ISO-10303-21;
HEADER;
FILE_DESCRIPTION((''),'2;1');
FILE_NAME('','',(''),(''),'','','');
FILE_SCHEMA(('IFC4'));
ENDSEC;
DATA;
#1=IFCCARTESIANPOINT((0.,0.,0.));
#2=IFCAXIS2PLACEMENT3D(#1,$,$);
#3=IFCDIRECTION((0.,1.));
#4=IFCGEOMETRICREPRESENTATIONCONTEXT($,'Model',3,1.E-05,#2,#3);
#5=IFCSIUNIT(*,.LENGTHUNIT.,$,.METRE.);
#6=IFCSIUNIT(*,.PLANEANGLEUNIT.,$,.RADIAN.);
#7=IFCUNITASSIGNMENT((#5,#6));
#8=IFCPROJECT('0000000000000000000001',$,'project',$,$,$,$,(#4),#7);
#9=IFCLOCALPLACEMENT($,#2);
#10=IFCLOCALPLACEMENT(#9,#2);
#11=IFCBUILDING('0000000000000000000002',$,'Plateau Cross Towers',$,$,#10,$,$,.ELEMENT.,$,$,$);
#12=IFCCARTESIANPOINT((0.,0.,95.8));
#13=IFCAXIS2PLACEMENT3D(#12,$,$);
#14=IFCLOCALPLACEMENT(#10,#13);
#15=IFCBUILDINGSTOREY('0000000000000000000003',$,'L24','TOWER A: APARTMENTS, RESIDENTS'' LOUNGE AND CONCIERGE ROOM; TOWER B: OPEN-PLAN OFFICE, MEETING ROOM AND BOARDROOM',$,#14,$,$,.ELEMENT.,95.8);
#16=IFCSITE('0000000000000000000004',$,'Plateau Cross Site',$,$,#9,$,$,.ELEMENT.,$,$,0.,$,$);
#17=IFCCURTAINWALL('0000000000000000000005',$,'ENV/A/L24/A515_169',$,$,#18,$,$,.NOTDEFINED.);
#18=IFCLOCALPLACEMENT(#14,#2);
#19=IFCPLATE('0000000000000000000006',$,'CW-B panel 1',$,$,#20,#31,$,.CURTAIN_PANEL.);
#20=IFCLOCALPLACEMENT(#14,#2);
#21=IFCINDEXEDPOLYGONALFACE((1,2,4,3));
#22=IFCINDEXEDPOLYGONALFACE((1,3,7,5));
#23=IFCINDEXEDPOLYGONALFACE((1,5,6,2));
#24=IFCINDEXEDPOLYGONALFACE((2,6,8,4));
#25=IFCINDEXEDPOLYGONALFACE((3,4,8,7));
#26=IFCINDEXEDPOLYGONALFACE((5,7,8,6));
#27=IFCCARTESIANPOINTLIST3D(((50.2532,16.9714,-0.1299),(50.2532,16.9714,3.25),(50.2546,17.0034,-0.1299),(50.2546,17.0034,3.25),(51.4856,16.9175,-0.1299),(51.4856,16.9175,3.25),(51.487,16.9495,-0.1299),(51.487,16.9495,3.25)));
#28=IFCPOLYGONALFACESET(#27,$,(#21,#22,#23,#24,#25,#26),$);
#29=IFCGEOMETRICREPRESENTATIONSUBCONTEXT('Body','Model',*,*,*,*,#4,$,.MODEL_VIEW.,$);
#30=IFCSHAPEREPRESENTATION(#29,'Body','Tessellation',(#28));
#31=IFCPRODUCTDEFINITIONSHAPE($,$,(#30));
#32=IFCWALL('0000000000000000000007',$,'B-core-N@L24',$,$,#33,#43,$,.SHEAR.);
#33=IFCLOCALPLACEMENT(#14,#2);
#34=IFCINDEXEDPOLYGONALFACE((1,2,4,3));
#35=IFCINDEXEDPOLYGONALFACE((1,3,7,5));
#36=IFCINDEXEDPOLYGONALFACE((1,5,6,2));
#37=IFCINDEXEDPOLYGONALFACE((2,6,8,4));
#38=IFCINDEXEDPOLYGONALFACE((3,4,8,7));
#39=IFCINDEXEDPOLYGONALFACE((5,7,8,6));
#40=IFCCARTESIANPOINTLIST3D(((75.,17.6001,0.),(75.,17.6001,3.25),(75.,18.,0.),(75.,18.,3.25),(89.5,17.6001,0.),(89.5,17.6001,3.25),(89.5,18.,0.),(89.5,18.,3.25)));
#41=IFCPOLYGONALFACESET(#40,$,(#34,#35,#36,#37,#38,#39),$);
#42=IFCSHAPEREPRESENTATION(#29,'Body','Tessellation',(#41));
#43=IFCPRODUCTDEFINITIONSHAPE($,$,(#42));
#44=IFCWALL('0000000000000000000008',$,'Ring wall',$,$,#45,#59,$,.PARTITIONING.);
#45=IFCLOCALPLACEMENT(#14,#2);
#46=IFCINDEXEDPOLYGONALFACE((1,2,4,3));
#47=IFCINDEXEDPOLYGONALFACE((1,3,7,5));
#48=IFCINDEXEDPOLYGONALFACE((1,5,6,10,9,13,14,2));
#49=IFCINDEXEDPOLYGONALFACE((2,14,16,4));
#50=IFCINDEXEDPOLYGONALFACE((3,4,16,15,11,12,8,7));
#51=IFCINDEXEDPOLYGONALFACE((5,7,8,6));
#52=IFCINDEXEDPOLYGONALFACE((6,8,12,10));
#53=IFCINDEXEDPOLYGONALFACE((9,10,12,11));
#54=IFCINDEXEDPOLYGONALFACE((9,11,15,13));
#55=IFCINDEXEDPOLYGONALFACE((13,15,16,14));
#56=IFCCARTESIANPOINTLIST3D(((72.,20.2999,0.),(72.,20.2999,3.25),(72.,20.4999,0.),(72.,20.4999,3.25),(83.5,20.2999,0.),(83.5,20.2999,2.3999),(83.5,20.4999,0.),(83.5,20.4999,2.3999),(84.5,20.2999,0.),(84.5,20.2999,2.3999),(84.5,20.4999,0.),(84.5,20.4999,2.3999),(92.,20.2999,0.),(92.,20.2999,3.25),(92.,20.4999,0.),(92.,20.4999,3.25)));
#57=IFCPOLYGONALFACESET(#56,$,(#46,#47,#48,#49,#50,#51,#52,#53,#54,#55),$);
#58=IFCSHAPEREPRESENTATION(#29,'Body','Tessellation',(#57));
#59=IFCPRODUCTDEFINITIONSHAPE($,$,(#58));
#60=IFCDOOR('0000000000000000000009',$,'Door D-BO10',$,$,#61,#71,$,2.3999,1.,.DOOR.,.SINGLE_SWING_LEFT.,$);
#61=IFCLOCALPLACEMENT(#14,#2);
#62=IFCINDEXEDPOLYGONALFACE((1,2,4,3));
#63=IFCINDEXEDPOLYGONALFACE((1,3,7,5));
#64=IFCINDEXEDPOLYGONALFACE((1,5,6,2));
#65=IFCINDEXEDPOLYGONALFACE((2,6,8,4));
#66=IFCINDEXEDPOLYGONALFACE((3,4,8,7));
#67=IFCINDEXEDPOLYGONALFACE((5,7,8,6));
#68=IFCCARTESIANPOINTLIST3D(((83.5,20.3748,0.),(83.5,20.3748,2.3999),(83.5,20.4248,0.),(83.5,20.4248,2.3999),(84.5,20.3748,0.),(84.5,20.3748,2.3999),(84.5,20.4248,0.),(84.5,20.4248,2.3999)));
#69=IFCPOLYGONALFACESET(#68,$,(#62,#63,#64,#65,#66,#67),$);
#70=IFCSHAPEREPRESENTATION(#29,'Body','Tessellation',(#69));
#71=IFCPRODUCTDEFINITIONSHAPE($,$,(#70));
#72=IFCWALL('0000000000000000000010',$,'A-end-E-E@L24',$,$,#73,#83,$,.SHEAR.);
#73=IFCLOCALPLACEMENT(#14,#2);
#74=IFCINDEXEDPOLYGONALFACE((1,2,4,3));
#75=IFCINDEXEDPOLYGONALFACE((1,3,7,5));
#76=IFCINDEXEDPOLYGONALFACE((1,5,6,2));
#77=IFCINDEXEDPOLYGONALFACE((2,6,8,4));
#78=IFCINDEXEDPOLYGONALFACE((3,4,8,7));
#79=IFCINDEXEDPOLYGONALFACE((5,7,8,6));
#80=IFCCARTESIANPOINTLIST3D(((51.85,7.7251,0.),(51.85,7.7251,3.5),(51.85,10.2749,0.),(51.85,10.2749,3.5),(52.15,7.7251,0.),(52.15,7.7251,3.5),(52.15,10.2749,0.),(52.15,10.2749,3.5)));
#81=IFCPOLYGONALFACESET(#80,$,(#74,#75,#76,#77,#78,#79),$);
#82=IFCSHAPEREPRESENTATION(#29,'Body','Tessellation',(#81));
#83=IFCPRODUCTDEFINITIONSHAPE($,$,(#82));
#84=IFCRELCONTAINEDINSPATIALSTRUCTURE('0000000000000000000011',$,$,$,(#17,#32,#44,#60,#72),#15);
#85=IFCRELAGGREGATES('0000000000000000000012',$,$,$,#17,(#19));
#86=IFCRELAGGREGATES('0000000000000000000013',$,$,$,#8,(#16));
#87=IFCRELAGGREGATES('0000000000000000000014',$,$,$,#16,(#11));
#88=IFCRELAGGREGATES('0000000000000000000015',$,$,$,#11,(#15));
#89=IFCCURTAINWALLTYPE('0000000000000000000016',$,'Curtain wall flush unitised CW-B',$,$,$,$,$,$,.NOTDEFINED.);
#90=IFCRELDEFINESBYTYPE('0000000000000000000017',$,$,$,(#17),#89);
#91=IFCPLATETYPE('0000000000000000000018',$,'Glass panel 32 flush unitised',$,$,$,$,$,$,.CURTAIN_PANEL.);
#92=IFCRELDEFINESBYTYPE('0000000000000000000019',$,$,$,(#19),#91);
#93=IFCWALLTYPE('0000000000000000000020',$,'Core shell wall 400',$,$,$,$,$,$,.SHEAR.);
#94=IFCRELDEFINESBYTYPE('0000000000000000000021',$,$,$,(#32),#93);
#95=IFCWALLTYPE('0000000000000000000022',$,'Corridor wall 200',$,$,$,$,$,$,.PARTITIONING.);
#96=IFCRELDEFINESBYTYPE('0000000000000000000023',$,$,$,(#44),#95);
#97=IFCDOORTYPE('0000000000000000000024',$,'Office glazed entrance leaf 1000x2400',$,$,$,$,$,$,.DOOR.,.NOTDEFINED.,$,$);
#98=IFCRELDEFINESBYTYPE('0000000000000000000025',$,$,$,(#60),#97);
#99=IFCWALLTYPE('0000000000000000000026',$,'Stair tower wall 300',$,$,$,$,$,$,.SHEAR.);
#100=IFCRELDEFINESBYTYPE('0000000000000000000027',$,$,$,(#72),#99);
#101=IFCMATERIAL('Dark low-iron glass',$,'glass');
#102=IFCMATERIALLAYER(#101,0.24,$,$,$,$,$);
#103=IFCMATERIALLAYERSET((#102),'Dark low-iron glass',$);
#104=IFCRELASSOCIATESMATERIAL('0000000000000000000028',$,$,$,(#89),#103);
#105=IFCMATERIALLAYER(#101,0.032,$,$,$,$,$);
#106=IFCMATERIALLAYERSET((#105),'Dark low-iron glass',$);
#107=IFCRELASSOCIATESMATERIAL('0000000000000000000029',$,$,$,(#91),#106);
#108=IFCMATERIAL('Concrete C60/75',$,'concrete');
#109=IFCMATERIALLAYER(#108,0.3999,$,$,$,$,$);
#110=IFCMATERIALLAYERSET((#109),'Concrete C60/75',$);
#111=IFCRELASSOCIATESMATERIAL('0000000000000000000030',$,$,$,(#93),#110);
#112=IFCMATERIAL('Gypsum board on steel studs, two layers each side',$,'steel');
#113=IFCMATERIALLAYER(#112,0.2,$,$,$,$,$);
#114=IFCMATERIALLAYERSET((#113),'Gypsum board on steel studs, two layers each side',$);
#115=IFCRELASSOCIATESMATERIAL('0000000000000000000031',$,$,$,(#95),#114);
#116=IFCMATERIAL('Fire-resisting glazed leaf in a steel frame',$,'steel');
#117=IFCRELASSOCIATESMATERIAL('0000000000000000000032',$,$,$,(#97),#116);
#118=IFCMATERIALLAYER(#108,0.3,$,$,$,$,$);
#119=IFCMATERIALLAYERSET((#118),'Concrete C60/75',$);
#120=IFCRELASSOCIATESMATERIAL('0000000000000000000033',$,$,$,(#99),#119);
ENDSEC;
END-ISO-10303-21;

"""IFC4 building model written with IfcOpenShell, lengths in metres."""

from ifc_helpers import new_model, si_unit, direction, frame, frame_2d, origin, origin_2d, place, context, subcontext, project, spatial, rectangle, extrude, material, layer, layer_set, type_object, element, fill, aggregate, save


model = new_model("IFC4")

# Units and contexts
model_context = context("Model", 3, precision=1e-05, world=origin(), true_north=direction((0.0, 1.0)))
body_context = subcontext(model_context, "Body", "Model", "MODEL_VIEW")
ifc_project = project(units=[si_unit("LENGTHUNIT", "METRE"), si_unit("PLANEANGLEUNIT", "RADIAN")], contexts=[model_context])

# Site, building, storey
site_placement = place(None, origin())
site = spatial("IfcSite", under=ifc_project, at=site_placement, Name="Plateau Cross Site", CompositionType="ELEMENT", RefElevation=0.0)
building_placement = place(site_placement, origin())
building = spatial("IfcBuilding", under=site, at=building_placement, Name="Plateau Cross Towers", CompositionType="ELEMENT")
storey_placement = place(building_placement, frame((0.0, 0.0, 95.8)))
storey = spatial("IfcBuildingStorey", under=building, at=storey_placement, Name="L24", Description="TOWER A: APARTMENTS, RESIDENTS' LOUNGE AND CONCIERGE ROOM; TOWER B: OPEN-PLAN OFFICE, MEETING ROOM AND BOARDROOM", CompositionType="ELEMENT", Elevation=95.8)

# Shared definitions
ifc_material_1 = material(Name="Concrete C60/75", Category="concrete")

# Shared definitions
ifc_material_2 = material(Name="Dark low-iron glass", Category="glass")
ifc_layer_1 = layer(ifc_material_2, 0.24)
ifc_layer_set_1 = layer_set([ifc_layer_1], Name="Dark low-iron glass")
curtain_wall_type_1 = type_object("IfcCurtainWallType", Name="Curtain wall flush unitised CW-B", PredefinedType="NOTDEFINED", material=ifc_layer_set_1)

# Curtain wall
curtain_wall_1_placement = place(storey_placement, origin())
curtain_wall_1 = element("IfcCurtainWall", 1, at=curtain_wall_1_placement, inside=storey, type_object=curtain_wall_type_1, Name="ENV/A/L24/A515_169", PredefinedType="NOTDEFINED")

# Plate
ifc_layer_2 = layer(ifc_material_2, 0.032)
ifc_layer_set_2 = layer_set([ifc_layer_2], Name="Dark low-iron glass")
plate_type_1 = type_object("IfcPlateType", Name="Glass panel 32 flush unitised", PredefinedType="CURTAIN_PANEL", material=ifc_layer_set_2)
plate_1_placement = place(storey_placement, frame((50.8701, 16.9604, -0.1299), z_axis=(0.0, 0.0, 1.0), x_axis=(-0.999044, 0.043723, 0.0)))
plate_1 = element("IfcPlate", 2, at=plate_1_placement, type_object=plate_type_1, Name="CW-B panel 1", PredefinedType="CURTAIN_PANEL", context=body_context, shape_type="SweptSolid", body=[
    extrude(rectangle(XDim=1.2336, YDim=0.032, at=origin_2d()), origin(), (0.0, 0.0, 1.0), 3.3799),
])
aggregate(curtain_wall_1, [plate_1])

# Wall
ifc_layer_3 = layer(ifc_material_1, 0.3999)
ifc_layer_set_3 = layer_set([ifc_layer_3], Name="Concrete C60/75")
wall_type_1 = type_object("IfcWallType", Name="Core shell wall 400", PredefinedType="SHEAR", material=ifc_layer_set_3)
wall_1_placement = place(storey_placement, frame((75.0, 17.8, 0.0), z_axis=(0.0, 0.0, 1.0), x_axis=(1.0, 0.0, 0.0)))
element("IfcWall", 3, at=wall_1_placement, inside=storey, type_object=wall_type_1, Name="B-core-N@L24", PredefinedType="SHEAR", context=body_context, shape_type="SweptSolid", body=[
    extrude(rectangle(XDim=14.5, YDim=0.3999, at=frame_2d((7.25, 0.0))), origin(), (0.0, 0.0, 1.0), 3.25),
])

# Wall, opening, door
ifc_material_3 = material(Name="Gypsum board on steel studs, two layers each side", Category="steel")
ifc_layer_4 = layer(ifc_material_3, 0.2)
ifc_layer_set_4 = layer_set([ifc_layer_4], Name="Gypsum board on steel studs, two layers each side")
wall_type_2 = type_object("IfcWallType", Name="Corridor wall 200", PredefinedType="PARTITIONING", material=ifc_layer_set_4)
wall_2_placement = place(storey_placement, frame((72.0, 20.3999, 0.0), z_axis=(0.0, 0.0, 1.0), x_axis=(1.0, 0.0, 0.0)))
wall_2 = element("IfcWall", 4, at=wall_2_placement, inside=storey, type_object=wall_type_2, Name="Ring wall", PredefinedType="PARTITIONING", context=body_context, shape_type="SweptSolid", body=[
    extrude(rectangle(XDim=20.0, YDim=0.2, at=frame_2d((10.0, 0.0))), origin(), (0.0, 0.0, 1.0), 3.25),
])
opening_placement = place(wall_2_placement, frame((11.5, 0.0, 0.0)))
opening = element("IfcOpeningElement", 5, at=opening_placement, cuts=wall_2, PredefinedType="OPENING", context=body_context, shape_type="SweptSolid", body=[
    extrude(rectangle(XDim=1.0, YDim=2.3999, at=frame_2d((0.5, 1.2))), frame((0.0, 0.1099, 0.0), z_axis=(0.0, -1.0, 0.0), x_axis=(1.0, 0.0, 0.0)), (0.0, 0.0, 1.0), 0.22),
])
ifc_material_4 = material(Name="Fire-resisting glazed leaf in a steel frame", Category="steel")
door_type = type_object("IfcDoorType", Name="Office glazed entrance leaf 1000x2400", OperationType="NOTDEFINED", PredefinedType="DOOR", material=ifc_material_4)
door_placement = place(opening_placement, origin())
door = element("IfcDoor", 6, at=door_placement, inside=storey, type_object=door_type, Name="Door D-BO10", OperationType="SINGLE_SWING_LEFT", OverallHeight=2.3999, OverallWidth=1.0, PredefinedType="DOOR", context=body_context, shape_type="SweptSolid", body=[
    extrude(rectangle(XDim=1.0, YDim=2.3999, at=frame_2d((0.5, 1.2))), frame((0.0, 0.0249, 0.0), z_axis=(0.0, -1.0, 0.0), x_axis=(1.0, 0.0, 0.0)), (0.0, 0.0, 1.0), 0.05),
])
fill(opening, door)

# Wall
ifc_layer_5 = layer(ifc_material_1, 0.3)
ifc_layer_set_5 = layer_set([ifc_layer_5], Name="Concrete C60/75")
wall_type_3 = type_object("IfcWallType", Name="Stair tower wall 300", PredefinedType="SHEAR", material=ifc_layer_set_5)
wall_3_placement = place(storey_placement, frame((52.0, 7.7251, 0.0), z_axis=(0.0, 0.0, 1.0), x_axis=(0.0, 1.0, 0.0)))
element("IfcWall", 7, at=wall_3_placement, inside=storey, type_object=wall_type_3, Name="A-end-E-E@L24", PredefinedType="SHEAR", context=body_context, shape_type="SweptSolid", body=[
    extrude(rectangle(XDim=2.5498, YDim=0.3, at=frame_2d((1.2749, 0.0))), origin(), (0.0, 0.0, 1.0), 3.5),
])

save(model, "model.ifc")
